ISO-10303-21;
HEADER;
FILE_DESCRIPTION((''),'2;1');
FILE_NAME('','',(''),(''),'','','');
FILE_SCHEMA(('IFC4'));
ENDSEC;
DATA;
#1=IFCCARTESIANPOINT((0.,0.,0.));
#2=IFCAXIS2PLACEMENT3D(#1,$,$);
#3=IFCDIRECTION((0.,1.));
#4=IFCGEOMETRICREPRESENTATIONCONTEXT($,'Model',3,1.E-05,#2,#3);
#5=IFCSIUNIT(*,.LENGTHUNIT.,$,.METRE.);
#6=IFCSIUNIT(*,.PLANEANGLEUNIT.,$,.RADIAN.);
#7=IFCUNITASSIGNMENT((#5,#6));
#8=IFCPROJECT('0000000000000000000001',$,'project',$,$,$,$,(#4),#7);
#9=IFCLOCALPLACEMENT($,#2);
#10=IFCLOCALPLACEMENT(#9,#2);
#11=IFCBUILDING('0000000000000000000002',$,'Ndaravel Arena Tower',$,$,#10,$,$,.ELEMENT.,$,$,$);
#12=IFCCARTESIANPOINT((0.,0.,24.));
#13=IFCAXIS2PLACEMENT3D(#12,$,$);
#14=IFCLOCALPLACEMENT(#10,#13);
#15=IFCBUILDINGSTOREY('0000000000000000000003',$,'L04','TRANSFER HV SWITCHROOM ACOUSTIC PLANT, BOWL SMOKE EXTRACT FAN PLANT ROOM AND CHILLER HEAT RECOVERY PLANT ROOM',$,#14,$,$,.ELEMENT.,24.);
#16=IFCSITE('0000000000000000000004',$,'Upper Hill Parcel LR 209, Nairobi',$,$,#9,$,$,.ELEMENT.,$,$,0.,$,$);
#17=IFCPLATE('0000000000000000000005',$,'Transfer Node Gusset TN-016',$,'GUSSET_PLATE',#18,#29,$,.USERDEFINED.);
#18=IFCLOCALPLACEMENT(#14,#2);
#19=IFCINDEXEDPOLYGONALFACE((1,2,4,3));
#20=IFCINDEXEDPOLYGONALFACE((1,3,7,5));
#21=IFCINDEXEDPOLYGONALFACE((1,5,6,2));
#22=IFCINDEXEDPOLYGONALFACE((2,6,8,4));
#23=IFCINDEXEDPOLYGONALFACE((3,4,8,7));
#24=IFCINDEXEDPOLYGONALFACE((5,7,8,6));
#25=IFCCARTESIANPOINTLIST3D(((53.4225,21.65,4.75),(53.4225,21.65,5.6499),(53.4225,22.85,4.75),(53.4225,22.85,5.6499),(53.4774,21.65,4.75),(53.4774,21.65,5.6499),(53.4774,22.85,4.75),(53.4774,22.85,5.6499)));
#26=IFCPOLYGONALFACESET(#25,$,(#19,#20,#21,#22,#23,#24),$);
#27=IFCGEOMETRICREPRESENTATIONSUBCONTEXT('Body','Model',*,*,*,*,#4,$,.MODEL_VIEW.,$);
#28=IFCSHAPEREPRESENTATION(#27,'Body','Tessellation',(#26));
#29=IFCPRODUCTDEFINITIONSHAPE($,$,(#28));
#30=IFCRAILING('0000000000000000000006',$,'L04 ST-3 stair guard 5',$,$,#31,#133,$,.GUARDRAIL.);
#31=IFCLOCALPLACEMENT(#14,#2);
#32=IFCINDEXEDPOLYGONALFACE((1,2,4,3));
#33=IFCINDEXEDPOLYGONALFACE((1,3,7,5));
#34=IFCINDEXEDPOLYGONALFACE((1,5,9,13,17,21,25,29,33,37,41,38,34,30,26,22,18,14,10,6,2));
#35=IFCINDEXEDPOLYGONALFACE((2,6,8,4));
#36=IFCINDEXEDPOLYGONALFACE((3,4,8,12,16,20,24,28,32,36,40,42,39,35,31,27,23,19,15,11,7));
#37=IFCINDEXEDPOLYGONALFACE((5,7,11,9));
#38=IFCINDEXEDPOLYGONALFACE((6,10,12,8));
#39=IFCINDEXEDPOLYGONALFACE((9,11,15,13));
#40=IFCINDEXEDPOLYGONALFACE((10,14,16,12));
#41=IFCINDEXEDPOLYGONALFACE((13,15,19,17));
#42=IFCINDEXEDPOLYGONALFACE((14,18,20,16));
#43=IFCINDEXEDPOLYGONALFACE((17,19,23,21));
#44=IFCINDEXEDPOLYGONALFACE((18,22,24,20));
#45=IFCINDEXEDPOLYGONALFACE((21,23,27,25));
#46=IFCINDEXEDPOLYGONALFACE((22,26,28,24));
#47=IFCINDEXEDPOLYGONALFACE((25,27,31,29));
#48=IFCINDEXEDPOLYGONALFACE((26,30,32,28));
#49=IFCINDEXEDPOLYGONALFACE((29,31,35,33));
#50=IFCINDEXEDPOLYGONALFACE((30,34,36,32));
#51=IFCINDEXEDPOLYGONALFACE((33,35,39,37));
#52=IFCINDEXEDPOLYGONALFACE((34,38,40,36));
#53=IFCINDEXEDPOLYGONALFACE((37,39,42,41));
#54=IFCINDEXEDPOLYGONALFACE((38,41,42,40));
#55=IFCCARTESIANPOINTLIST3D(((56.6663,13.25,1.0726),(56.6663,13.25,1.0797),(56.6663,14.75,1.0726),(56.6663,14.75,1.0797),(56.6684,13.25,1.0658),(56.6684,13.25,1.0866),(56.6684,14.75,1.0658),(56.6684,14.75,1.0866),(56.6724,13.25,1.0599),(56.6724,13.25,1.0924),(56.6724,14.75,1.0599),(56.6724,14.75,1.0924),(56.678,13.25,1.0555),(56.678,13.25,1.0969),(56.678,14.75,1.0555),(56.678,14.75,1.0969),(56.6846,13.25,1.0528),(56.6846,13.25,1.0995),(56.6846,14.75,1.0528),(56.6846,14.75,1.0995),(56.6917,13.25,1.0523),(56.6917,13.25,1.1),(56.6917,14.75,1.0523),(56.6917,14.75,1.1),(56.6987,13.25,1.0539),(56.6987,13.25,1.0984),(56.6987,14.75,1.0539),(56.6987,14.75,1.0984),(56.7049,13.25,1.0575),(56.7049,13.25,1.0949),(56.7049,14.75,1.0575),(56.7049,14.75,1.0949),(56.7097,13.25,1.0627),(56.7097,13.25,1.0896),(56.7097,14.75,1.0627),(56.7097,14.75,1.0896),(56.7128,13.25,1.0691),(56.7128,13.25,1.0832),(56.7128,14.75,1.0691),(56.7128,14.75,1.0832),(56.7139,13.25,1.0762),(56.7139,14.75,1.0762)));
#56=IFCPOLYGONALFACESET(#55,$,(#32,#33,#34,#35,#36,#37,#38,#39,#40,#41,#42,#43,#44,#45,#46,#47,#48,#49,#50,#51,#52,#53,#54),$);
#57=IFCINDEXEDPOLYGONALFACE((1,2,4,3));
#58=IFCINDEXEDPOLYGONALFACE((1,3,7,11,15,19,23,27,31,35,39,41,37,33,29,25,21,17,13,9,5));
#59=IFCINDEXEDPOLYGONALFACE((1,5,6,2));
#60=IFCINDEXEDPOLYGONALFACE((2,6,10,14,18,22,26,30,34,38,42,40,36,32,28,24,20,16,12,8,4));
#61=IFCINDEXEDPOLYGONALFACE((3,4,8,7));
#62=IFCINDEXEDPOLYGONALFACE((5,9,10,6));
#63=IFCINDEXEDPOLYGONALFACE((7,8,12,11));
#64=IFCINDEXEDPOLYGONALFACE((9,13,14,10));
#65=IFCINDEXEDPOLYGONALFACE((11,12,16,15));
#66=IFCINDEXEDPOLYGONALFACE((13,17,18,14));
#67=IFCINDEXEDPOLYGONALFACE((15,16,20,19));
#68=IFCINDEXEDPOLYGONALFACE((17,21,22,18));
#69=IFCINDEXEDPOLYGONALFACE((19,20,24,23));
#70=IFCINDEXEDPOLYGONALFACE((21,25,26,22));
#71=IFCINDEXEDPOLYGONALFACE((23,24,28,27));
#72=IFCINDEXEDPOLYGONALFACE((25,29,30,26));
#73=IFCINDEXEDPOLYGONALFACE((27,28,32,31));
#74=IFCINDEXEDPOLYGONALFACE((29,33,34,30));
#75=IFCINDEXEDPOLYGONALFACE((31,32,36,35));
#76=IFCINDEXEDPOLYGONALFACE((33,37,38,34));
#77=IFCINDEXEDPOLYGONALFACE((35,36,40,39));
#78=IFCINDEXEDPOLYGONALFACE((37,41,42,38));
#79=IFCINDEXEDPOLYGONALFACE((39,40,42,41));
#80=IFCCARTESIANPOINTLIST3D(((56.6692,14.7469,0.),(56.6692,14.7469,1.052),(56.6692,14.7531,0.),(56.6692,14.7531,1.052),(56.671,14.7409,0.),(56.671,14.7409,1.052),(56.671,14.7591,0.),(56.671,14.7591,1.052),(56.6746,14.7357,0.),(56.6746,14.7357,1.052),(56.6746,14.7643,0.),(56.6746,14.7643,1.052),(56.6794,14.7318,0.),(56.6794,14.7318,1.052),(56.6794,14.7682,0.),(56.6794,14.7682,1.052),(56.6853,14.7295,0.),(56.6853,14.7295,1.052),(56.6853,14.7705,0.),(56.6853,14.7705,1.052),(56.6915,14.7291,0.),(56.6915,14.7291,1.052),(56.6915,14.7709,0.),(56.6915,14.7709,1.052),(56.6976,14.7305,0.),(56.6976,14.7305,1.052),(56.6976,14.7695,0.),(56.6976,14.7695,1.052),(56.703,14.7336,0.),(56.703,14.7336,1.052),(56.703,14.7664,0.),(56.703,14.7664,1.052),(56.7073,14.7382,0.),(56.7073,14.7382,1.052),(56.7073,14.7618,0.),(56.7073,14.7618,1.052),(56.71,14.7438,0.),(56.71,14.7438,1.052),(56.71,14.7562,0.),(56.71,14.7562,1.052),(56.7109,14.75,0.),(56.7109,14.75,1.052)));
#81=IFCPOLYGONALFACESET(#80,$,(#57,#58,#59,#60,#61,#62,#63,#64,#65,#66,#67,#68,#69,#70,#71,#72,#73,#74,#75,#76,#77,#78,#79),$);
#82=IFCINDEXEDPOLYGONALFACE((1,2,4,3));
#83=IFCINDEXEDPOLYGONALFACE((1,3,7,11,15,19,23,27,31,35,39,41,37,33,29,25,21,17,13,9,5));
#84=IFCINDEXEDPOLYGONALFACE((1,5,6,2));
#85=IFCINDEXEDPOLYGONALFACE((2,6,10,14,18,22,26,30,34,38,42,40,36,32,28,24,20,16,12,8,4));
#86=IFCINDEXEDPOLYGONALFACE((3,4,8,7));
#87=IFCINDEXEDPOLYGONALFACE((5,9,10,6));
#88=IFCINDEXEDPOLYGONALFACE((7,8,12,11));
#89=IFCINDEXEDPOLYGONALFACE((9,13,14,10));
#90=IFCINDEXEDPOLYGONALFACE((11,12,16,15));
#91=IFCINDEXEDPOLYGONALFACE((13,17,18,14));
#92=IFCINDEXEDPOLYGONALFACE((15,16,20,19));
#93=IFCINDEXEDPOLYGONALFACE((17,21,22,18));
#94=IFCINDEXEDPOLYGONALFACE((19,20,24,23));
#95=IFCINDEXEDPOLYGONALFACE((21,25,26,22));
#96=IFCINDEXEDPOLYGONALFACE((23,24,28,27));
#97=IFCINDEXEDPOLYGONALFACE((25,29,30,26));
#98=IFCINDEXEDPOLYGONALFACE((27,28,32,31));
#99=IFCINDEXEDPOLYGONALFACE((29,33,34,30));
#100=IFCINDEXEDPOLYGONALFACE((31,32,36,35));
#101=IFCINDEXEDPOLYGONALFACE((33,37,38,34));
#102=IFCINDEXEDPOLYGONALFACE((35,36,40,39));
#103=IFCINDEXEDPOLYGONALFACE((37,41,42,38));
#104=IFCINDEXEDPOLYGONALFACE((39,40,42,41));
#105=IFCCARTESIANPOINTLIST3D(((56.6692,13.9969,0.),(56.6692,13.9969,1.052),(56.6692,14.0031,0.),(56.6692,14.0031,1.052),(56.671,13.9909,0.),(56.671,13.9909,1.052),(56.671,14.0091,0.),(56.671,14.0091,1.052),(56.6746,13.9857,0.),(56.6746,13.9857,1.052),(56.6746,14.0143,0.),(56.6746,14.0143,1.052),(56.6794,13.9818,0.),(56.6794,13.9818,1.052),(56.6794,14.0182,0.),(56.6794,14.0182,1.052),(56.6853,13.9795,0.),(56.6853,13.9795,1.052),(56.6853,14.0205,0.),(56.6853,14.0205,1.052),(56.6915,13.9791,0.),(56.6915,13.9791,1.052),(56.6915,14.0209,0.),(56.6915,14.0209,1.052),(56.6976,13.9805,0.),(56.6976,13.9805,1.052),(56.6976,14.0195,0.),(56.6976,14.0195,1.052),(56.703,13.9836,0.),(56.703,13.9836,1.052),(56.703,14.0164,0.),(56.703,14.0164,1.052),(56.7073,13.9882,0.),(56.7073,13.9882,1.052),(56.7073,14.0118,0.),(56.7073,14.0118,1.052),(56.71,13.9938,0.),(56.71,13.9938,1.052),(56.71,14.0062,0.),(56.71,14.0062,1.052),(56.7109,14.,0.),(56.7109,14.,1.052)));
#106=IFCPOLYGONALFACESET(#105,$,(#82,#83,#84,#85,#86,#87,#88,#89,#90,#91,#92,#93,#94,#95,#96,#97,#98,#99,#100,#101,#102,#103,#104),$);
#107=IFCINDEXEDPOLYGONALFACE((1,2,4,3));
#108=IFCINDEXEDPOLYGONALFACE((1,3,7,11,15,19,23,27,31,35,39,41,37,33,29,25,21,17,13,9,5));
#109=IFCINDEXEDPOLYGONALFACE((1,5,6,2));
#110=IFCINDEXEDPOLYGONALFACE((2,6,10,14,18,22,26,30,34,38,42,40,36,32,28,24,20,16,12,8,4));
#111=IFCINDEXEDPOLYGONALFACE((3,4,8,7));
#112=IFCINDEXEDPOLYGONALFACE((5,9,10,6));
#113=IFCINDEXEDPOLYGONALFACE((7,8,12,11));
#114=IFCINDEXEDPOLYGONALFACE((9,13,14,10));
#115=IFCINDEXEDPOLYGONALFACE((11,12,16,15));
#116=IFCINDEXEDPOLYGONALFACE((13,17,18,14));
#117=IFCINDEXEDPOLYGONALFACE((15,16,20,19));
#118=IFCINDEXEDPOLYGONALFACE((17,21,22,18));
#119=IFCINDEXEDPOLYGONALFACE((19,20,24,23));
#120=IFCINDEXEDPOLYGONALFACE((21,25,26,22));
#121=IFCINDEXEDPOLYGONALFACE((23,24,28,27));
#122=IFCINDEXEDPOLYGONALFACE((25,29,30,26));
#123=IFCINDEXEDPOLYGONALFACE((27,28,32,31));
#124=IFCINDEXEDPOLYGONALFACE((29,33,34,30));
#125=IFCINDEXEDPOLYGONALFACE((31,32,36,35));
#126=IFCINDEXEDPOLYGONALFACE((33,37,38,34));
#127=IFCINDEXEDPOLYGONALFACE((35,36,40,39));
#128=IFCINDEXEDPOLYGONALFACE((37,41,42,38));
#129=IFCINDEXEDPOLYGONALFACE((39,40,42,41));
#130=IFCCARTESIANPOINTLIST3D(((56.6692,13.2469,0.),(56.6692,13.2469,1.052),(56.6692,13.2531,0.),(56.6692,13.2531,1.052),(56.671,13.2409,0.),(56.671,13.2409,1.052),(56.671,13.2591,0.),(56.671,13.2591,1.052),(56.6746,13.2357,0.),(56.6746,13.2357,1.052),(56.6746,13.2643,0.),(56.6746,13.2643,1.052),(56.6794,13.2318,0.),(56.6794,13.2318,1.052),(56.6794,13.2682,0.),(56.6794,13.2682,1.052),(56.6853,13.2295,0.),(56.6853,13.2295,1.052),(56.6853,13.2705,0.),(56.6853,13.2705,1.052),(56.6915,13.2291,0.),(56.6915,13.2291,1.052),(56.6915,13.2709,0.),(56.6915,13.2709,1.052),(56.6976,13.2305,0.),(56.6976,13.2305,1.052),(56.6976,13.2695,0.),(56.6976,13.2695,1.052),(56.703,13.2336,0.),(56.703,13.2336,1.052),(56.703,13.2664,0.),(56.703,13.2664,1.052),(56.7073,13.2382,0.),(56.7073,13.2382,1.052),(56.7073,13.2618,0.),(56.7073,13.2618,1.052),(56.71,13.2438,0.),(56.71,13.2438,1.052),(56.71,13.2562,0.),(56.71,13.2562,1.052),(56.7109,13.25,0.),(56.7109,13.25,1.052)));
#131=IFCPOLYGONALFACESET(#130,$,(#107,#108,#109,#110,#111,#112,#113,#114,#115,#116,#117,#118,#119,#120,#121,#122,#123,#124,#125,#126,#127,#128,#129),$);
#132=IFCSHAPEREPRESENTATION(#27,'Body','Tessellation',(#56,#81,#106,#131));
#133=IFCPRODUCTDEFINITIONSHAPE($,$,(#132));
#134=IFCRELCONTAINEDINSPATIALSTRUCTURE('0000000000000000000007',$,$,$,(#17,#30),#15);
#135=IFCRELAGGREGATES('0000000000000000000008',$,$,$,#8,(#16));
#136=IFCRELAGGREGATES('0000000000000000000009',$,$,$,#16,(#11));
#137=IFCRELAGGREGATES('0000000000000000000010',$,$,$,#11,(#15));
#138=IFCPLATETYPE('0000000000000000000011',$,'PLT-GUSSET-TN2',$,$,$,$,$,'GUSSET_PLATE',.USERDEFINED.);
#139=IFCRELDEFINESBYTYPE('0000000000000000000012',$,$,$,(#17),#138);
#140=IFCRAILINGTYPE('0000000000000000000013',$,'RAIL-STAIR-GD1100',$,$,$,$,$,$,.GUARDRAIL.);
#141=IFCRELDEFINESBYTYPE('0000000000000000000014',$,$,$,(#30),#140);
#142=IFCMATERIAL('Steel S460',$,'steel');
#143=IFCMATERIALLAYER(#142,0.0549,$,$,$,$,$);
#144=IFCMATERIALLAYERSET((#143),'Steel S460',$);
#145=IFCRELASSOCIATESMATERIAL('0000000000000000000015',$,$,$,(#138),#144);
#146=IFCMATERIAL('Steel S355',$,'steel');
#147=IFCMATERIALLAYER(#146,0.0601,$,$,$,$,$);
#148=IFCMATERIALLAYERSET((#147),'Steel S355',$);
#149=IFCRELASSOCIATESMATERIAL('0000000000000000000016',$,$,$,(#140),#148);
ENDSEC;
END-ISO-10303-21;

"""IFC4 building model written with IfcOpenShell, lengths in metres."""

from ifc_helpers import new_model, si_unit, direction, frame, origin, origin_2d, place, context, subcontext, project, spatial, rectangle, circle, extrude, material, layer, layer_set, type_object, element, save


model = new_model("IFC4")

# Units and contexts
model_context = context("Model", 3, precision=1e-05, world=origin(), true_north=direction((0.0, 1.0)))
body_context = subcontext(model_context, "Body", "Model", "MODEL_VIEW")
ifc_project = project(units=[si_unit("LENGTHUNIT", "METRE"), si_unit("PLANEANGLEUNIT", "RADIAN")], contexts=[model_context])

# Site, building, storey
site_placement = place(None, origin())
site = spatial("IfcSite", under=ifc_project, at=site_placement, Name="Upper Hill Parcel LR 209, Nairobi", CompositionType="ELEMENT", RefElevation=0.0)
building_placement = place(site_placement, origin())
building = spatial("IfcBuilding", under=site, at=building_placement, Name="Ndaravel Arena Tower", CompositionType="ELEMENT")
storey_placement = place(building_placement, frame((0.0, 0.0, 24.0)))
storey = spatial("IfcBuildingStorey", under=building, at=storey_placement, Name="L04", Description="TRANSFER HV SWITCHROOM ACOUSTIC PLANT, BOWL SMOKE EXTRACT FAN PLANT ROOM AND CHILLER HEAT RECOVERY PLANT ROOM", CompositionType="ELEMENT", Elevation=24.0)

# Plate
ifc_material_1 = material(Name="Steel S460", Category="steel")
ifc_layer_1 = layer(ifc_material_1, 0.0549)
ifc_layer_set_1 = layer_set([ifc_layer_1], Name="Steel S460")
plate_type_1 = type_object("IfcPlateType", Name="PLT-GUSSET-TN2", ElementType="GUSSET_PLATE", PredefinedType="USERDEFINED", material=ifc_layer_set_1)
for number, where, z_axis, x_axis, name in (
    (1, (53.45, 22.25, 4.75), (0.0, 0.0, 1.0), (1.0, 0.0, 0.0), "Transfer Node Gusset TN-016"),
):
    element("IfcPlate", number, at=place(storey_placement, frame(where, z_axis=z_axis, x_axis=x_axis)), inside=storey, type_object=plate_type_1, Name=name, ObjectType="GUSSET_PLATE", PredefinedType="USERDEFINED", context=body_context, shape_type="SweptSolid", body=[
        extrude(rectangle(XDim=0.0549, YDim=1.2, at=origin_2d()), origin(), (0.0, 0.0, 1.0), 0.8999),
    ])

# Railing
ifc_material_2 = material(Name="Steel S355", Category="steel")
ifc_layer_2 = layer(ifc_material_2, 0.0601)
ifc_layer_set_2 = layer_set([ifc_layer_2], Name="Steel S355")
railing_type = type_object("IfcRailingType", Name="RAIL-STAIR-GD1100", PredefinedType="GUARDRAIL", material=ifc_layer_set_2)
railing_placement = place(storey_placement, frame((56.6899, 14.75, 0.0)))
element("IfcRailing", 2, at=railing_placement, inside=storey, type_object=railing_type, Name="L04 ST-3 stair guard 5", PredefinedType="GUARDRAIL", context=body_context, shape_type="SweptSolid", body=[
    extrude(circle(Radius=0.0239, at=origin_2d()), frame((0.0, 0.0, 1.0762), z_axis=(0.0, -1.0, 0.0), x_axis=(1.0, 0.0, 0.0)), (0.0, 0.0, 1.0), 1.5),
    extrude(circle(Radius=0.021, at=origin_2d()), origin(), (0.0, 0.0, 1.0), 1.052),
    extrude(circle(Radius=0.021, at=origin_2d()), frame((0.0, -0.75, 0.0)), (0.0, 0.0, 1.0), 1.052),
    extrude(circle(Radius=0.021, at=origin_2d()), frame((0.0, -1.5, 0.0)), (0.0, 0.0, 1.0), 1.052),
])

save(model, "model.ifc")
